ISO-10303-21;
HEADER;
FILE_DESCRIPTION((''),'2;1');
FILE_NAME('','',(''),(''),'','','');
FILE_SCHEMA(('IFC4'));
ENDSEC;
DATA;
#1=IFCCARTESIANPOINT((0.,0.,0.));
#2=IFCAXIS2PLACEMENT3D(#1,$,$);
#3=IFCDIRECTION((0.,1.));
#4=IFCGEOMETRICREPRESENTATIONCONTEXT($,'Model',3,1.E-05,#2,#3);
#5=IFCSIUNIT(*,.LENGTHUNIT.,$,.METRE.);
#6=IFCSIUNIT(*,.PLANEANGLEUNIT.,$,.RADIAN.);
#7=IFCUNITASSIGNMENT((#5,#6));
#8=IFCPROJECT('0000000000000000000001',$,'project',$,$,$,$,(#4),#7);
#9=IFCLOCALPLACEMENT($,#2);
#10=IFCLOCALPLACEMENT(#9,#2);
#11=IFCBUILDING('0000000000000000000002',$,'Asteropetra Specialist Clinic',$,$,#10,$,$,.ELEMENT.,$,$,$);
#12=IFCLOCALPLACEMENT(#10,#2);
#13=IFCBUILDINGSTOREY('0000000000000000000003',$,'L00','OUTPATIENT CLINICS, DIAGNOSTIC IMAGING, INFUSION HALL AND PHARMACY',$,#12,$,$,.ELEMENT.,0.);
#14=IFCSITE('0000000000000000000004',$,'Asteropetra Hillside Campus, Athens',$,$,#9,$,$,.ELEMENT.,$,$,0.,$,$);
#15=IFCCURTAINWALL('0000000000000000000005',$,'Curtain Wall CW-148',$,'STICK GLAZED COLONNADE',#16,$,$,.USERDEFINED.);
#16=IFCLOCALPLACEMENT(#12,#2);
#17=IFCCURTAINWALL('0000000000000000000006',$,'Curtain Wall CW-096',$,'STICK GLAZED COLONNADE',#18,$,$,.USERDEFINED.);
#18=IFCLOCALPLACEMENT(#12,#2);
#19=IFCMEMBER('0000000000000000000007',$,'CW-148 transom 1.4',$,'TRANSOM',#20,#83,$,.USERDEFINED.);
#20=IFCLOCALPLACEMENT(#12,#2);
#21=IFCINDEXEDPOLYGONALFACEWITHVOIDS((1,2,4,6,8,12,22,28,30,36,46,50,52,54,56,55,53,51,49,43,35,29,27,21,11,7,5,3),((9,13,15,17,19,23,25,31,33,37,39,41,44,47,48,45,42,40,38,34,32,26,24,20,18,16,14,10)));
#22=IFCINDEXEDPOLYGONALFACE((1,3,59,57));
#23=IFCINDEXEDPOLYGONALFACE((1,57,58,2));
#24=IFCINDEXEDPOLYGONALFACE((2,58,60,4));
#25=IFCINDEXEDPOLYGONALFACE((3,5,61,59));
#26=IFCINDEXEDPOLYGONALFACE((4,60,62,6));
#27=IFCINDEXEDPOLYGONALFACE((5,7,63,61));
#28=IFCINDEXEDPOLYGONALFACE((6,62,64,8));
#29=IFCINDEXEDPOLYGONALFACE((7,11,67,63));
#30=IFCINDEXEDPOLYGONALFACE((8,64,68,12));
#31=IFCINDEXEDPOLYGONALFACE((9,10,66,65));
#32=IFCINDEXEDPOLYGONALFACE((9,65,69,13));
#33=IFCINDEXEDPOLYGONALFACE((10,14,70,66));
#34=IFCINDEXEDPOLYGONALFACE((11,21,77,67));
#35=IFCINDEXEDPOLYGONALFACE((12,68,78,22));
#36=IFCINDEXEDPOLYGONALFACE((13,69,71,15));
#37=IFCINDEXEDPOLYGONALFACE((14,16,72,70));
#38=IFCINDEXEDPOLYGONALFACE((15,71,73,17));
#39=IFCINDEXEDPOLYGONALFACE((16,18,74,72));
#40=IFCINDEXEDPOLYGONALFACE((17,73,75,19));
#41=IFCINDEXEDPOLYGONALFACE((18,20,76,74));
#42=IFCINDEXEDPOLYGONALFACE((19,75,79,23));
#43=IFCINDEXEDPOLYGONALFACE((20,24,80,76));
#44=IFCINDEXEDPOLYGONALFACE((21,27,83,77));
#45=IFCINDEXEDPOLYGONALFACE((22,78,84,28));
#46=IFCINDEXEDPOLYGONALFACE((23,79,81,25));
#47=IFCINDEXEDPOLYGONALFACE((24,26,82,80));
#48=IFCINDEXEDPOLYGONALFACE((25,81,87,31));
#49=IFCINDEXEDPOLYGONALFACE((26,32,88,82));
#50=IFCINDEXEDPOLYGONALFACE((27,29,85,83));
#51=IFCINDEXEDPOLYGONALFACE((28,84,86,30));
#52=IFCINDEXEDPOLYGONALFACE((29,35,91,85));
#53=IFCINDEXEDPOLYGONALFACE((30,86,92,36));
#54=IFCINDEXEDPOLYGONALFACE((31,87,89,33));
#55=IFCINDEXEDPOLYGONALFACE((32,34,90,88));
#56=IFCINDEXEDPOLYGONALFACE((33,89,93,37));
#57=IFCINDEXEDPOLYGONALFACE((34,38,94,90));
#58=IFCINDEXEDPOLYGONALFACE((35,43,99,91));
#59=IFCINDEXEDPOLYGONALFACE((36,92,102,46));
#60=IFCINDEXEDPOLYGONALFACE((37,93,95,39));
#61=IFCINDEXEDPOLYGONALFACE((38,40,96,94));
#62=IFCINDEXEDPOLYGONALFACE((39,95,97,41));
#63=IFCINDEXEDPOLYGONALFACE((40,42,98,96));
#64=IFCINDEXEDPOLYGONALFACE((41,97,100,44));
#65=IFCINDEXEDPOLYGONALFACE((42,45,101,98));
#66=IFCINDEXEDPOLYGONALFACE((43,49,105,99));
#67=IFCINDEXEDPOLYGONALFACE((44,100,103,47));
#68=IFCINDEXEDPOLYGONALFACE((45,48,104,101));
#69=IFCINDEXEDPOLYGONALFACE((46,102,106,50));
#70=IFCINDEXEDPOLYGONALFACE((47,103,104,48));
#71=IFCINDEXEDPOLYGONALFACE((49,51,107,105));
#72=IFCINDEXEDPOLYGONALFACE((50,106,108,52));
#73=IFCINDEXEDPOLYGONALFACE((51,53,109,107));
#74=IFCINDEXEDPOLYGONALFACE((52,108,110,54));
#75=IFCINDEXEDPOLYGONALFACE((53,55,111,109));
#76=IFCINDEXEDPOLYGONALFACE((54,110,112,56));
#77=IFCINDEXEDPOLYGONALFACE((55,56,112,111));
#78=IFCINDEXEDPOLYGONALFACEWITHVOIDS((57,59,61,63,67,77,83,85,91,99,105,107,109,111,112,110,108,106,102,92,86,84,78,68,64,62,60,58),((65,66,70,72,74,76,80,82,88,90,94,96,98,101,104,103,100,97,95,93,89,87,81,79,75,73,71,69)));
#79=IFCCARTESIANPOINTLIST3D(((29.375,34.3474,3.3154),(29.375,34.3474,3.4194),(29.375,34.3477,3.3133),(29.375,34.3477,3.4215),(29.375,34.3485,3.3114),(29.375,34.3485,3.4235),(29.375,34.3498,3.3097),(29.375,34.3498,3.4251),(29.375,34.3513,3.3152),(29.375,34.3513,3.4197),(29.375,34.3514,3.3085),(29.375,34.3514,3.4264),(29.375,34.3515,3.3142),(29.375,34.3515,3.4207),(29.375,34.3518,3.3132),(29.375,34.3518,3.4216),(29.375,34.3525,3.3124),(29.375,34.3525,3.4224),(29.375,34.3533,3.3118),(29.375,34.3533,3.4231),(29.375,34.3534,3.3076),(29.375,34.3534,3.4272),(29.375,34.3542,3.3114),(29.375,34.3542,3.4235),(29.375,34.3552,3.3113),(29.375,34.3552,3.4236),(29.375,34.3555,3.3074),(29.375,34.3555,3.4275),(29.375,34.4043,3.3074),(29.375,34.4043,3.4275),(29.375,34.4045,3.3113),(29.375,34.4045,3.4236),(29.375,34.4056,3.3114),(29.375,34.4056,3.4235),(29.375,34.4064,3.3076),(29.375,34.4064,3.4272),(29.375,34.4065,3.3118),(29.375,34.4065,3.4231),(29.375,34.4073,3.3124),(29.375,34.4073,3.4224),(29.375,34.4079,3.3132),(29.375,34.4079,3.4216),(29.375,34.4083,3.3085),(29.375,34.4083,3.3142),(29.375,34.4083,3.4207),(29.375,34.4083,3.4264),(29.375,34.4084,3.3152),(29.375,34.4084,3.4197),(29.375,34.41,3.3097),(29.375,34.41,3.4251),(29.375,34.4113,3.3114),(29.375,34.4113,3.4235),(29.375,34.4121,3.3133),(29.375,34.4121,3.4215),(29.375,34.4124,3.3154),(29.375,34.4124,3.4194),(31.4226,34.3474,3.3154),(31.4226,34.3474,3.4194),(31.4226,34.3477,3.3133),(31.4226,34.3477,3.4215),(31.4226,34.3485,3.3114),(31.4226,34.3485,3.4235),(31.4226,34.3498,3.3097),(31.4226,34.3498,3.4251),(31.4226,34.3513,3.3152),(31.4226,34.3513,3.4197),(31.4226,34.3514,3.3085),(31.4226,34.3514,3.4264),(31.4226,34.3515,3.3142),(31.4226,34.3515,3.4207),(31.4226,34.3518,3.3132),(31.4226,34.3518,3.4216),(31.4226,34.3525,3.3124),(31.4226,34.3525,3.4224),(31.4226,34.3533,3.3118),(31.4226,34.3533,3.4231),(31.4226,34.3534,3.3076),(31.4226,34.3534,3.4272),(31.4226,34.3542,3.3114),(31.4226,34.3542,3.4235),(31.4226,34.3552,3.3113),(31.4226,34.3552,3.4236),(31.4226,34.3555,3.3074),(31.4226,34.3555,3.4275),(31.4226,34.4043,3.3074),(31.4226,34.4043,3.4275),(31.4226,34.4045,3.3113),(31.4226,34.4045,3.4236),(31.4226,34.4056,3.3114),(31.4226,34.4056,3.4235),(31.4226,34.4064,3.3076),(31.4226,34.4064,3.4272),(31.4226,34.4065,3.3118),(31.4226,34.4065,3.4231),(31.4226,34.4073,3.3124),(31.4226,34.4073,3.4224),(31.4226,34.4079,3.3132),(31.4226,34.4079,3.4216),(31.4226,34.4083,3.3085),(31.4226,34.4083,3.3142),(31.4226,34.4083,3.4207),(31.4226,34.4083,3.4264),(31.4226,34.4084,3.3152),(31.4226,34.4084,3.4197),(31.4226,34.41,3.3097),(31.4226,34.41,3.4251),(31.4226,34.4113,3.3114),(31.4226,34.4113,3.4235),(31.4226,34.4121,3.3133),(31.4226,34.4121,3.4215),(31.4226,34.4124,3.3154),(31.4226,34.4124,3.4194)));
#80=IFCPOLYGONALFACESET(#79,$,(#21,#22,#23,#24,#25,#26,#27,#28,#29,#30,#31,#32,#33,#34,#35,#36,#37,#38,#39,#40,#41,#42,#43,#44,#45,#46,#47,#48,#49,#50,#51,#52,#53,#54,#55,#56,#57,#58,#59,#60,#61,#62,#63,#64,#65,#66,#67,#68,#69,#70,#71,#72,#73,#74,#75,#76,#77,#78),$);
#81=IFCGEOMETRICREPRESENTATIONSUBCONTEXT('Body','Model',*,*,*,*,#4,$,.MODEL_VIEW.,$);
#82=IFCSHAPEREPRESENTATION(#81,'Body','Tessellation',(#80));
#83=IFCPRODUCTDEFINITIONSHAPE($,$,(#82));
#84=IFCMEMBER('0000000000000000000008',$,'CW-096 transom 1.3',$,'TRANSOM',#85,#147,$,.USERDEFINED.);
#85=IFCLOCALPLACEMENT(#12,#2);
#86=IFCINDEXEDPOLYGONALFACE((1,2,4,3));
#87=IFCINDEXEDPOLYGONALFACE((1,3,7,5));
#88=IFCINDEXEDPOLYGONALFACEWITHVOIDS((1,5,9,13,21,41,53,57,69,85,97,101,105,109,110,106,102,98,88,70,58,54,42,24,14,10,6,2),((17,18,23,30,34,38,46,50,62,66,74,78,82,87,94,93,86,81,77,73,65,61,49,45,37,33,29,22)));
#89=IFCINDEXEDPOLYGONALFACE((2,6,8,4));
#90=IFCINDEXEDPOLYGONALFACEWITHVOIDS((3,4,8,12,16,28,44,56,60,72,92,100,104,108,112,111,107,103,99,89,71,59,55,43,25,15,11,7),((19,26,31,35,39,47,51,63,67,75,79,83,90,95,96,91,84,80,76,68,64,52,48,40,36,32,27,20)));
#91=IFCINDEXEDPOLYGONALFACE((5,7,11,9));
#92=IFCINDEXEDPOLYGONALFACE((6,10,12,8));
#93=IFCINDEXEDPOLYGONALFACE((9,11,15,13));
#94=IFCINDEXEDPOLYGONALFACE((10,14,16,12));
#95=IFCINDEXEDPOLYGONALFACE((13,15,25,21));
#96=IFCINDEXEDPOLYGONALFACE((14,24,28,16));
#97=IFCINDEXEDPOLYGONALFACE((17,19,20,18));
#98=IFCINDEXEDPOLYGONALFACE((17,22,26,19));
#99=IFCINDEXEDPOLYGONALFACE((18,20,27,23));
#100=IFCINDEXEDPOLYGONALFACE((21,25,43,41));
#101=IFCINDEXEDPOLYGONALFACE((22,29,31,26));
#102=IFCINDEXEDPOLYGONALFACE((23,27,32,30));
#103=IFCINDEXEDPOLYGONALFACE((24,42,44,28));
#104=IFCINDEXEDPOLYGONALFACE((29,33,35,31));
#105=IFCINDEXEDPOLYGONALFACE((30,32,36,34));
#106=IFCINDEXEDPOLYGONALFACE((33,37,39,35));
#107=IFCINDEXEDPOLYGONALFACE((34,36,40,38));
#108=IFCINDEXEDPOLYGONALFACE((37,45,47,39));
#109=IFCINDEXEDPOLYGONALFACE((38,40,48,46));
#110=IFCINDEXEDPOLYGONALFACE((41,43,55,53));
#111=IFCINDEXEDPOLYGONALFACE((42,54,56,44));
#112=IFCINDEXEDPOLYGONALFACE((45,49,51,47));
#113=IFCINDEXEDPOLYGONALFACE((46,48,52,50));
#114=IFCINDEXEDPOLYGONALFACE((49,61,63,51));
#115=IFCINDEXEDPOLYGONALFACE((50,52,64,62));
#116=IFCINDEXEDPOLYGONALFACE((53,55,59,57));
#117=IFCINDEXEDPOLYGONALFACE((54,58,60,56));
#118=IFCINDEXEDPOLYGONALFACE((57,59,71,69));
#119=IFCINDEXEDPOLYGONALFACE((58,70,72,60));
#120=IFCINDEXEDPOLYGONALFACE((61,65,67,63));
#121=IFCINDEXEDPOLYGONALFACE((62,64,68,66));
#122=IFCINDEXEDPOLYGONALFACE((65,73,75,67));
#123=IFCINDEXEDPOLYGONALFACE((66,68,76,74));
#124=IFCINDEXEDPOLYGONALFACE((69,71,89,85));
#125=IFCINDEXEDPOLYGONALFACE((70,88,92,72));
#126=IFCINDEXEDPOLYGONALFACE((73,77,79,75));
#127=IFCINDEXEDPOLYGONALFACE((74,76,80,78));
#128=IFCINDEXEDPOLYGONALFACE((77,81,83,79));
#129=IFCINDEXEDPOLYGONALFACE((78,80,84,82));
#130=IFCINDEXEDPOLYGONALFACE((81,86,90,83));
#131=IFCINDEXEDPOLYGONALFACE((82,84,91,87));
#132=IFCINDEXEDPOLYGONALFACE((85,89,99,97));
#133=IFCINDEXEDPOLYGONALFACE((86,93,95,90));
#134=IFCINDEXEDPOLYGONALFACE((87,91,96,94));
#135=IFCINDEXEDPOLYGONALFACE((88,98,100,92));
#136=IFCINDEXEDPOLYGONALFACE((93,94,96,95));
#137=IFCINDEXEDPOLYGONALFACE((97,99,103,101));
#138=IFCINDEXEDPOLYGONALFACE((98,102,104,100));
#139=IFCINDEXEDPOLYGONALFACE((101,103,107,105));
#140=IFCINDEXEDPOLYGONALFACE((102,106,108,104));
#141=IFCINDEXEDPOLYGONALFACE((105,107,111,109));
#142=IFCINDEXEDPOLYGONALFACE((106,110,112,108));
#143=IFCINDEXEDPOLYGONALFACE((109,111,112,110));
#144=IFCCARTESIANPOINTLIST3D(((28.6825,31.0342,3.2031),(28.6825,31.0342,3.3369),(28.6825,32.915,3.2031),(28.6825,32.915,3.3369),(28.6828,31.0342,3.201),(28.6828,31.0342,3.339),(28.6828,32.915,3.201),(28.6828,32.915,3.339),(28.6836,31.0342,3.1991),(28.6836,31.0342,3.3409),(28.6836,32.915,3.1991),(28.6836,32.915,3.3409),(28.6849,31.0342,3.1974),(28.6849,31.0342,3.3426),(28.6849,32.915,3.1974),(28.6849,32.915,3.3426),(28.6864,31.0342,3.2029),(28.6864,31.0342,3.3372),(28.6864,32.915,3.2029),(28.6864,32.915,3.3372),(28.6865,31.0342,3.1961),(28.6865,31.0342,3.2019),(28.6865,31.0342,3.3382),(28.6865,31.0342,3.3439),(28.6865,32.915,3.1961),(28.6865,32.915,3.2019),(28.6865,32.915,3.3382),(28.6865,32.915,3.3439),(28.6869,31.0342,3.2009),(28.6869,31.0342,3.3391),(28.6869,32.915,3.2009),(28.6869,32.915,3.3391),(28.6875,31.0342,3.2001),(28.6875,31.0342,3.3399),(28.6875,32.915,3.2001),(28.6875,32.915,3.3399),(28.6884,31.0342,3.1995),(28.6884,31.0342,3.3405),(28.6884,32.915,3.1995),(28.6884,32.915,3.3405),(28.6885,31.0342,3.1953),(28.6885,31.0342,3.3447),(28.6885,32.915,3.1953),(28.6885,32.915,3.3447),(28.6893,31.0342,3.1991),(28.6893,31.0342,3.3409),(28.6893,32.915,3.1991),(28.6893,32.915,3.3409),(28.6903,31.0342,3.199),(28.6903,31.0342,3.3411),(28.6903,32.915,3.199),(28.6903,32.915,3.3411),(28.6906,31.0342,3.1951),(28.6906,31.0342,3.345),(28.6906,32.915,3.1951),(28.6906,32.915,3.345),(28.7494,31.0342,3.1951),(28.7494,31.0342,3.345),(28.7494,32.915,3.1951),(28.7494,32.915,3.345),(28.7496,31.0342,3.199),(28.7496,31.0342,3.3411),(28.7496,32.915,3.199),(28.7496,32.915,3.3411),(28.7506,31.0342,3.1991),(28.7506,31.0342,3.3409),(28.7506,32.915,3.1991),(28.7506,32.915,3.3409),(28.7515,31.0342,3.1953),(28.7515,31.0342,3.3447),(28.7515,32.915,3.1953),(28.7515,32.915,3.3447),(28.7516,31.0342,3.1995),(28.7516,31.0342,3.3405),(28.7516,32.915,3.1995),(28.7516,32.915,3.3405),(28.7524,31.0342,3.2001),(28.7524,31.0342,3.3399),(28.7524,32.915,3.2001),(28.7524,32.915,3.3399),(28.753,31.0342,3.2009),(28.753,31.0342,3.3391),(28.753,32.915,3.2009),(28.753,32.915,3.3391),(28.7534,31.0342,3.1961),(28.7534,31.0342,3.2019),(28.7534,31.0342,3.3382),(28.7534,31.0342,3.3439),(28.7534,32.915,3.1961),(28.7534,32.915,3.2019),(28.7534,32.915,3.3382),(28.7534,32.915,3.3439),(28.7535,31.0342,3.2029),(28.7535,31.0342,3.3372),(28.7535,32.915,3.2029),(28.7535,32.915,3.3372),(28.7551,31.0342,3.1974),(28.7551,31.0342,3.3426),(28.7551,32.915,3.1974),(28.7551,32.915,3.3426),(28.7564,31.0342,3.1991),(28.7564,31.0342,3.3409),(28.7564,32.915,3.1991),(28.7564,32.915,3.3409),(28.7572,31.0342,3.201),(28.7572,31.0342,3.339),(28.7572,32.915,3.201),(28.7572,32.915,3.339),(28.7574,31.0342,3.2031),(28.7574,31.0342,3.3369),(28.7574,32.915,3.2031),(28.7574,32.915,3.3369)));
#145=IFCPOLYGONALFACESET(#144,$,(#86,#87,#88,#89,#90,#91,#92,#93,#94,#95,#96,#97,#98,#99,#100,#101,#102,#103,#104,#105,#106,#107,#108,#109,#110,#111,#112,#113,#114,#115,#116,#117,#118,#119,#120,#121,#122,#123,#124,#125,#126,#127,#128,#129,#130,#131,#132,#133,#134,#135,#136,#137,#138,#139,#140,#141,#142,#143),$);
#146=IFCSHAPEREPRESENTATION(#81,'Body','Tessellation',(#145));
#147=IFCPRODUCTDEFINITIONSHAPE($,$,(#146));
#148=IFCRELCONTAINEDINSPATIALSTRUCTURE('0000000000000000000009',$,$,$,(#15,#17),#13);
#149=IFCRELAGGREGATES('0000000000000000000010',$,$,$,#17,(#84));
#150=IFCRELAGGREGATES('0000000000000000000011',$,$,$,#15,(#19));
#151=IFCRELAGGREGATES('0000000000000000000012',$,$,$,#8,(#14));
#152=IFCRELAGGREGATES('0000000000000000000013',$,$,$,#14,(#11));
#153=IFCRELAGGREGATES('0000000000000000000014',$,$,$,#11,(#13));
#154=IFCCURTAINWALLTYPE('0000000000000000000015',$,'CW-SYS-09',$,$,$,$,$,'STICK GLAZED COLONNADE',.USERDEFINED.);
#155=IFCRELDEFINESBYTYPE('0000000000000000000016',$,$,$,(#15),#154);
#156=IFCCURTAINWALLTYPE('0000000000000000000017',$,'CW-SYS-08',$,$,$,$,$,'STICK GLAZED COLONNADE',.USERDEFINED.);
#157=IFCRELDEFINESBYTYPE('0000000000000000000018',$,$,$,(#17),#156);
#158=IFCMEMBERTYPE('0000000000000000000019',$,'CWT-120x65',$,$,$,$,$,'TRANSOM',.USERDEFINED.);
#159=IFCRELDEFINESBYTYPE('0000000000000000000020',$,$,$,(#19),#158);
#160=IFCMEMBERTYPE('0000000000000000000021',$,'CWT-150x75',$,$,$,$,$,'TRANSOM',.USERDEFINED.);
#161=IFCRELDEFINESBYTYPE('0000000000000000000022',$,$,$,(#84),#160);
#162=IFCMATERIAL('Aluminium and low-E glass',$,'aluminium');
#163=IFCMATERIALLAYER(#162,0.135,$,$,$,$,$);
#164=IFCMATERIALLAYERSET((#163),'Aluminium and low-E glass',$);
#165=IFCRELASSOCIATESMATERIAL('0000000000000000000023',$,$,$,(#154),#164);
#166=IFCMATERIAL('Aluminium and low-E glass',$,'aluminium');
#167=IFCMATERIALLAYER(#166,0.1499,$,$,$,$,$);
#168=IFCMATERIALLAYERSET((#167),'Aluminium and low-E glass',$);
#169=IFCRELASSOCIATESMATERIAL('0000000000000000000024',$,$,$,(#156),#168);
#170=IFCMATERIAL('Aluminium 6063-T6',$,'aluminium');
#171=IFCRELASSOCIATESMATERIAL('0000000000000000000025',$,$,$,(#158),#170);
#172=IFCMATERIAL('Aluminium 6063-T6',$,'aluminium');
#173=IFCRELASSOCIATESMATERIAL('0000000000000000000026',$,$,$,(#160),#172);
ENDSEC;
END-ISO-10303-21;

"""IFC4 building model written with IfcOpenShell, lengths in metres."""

from ifc_helpers import new_model, si_unit, direction, frame, origin, origin_2d, place, context, subcontext, project, spatial, hollow_rectangle, extrude, material, layer, layer_set, material_profile, profile_set, type_object, element, aggregate, save


model = new_model("IFC4")

# Units and contexts
model_context = context("Model", 3, precision=1e-05, world=origin(), true_north=direction((0.0, 1.0)))
body_context = subcontext(model_context, "Body", "Model", "MODEL_VIEW")
ifc_project = project(units=[si_unit("LENGTHUNIT", "METRE"), si_unit("PLANEANGLEUNIT", "RADIAN")], contexts=[model_context])

# Site, building, storey
site_placement = place(None, origin())
site = spatial("IfcSite", under=ifc_project, at=site_placement, Name="Asteropetra Hillside Campus, Athens", CompositionType="ELEMENT", RefElevation=0.0)
building_placement = place(site_placement, origin())
building = spatial("IfcBuilding", under=site, at=building_placement, Name="Asteropetra Specialist Clinic", CompositionType="ELEMENT")
storey_placement = place(building_placement, origin())
storey = spatial("IfcBuildingStorey", under=building, at=storey_placement, Name="L00", Description="OUTPATIENT CLINICS, DIAGNOSTIC IMAGING, INFUSION HALL AND PHARMACY", CompositionType="ELEMENT", Elevation=0.0)

# Curtain walls
ifc_material_1 = material(Name="Aluminium and low-E glass", Category="aluminium")
ifc_layer_1 = layer(ifc_material_1, 0.135)
ifc_layer_set_1 = layer_set([ifc_layer_1], Name="Aluminium and low-E glass")
curtain_wall_type_1 = type_object("IfcCurtainWallType", Name="CW-SYS-09", ElementType="STICK GLAZED COLONNADE", PredefinedType="USERDEFINED", material=ifc_layer_set_1)
curtain_wall_1_placement = place(storey_placement, origin())
curtain_wall_1 = element("IfcCurtainWall", 1, at=curtain_wall_1_placement, inside=storey, type_object=curtain_wall_type_1, Name="Curtain Wall CW-148", ObjectType="STICK GLAZED COLONNADE", PredefinedType="USERDEFINED")
ifc_material_2 = material(Name="Aluminium and low-E glass", Category="aluminium")
ifc_layer_2 = layer(ifc_material_2, 0.1499)
ifc_layer_set_2 = layer_set([ifc_layer_2], Name="Aluminium and low-E glass")
curtain_wall_type_2 = type_object("IfcCurtainWallType", Name="CW-SYS-08", ElementType="STICK GLAZED COLONNADE", PredefinedType="USERDEFINED", material=ifc_layer_set_2)
curtain_wall_2_placement = place(storey_placement, origin())
curtain_wall_2 = element("IfcCurtainWall", 2, at=curtain_wall_2_placement, inside=storey, type_object=curtain_wall_type_2, Name="Curtain Wall CW-096", ObjectType="STICK GLAZED COLONNADE", PredefinedType="USERDEFINED")

# Members
ifc_material_3 = material(Name="Aluminium 6063-T6", Category="aluminium")
ifc_material_profile_1 = material_profile(ifc_material_3, hollow_rectangle(XDim=0.0649, YDim=0.1201, WallThickness=0.0039, InnerFilletRadius=0.0039, OuterFilletRadius=0.0081, at=origin_2d()), Name="TRN 120x65x4.0")
ifc_profile_set_1 = profile_set([ifc_material_profile_1], Name="Aluminium 6063-T6")
member_type_1 = type_object("IfcMemberType", Name="CWT-120x65", ElementType="TRANSOM", PredefinedType="USERDEFINED", material=ifc_profile_set_1)
member_1_placement = place(storey_placement, frame((29.375, 34.3799, 3.3674), z_axis=(1.0, 0.0, 0.0), x_axis=(0.0, 1.0, 0.0)))
member_1 = element("IfcMember", 3, at=member_1_placement, type_object=member_type_1, Name="CW-148 transom 1.4", ObjectType="TRANSOM", PredefinedType="USERDEFINED", context=body_context, shape_type="SweptSolid", body=[
    extrude(hollow_rectangle(XDim=0.0649, YDim=0.1201, WallThickness=0.0039, InnerFilletRadius=0.0039, OuterFilletRadius=0.0081, at=origin_2d()), origin(), (0.0, 0.0, 1.0), 2.0476),
])
ifc_material_4 = material(Name="Aluminium 6063-T6", Category="aluminium")
ifc_material_profile_2 = material_profile(ifc_material_4, hollow_rectangle(XDim=0.075, YDim=0.1499, WallThickness=0.0039, InnerFilletRadius=0.0039, OuterFilletRadius=0.0081, at=origin_2d()), Name="TRN 150x75x4.0")
ifc_profile_set_2 = profile_set([ifc_material_profile_2], Name="Aluminium 6063-T6")
member_type_2 = type_object("IfcMemberType", Name="CWT-150x75", ElementType="TRANSOM", PredefinedType="USERDEFINED", material=ifc_profile_set_2)
member_2_placement = place(storey_placement, frame((28.72, 32.915, 3.27), z_axis=(0.0, -1.0, 0.0), x_axis=(1.0, 0.0, 0.0)))
member_2 = element("IfcMember", 4, at=member_2_placement, type_object=member_type_2, Name="CW-096 transom 1.3", ObjectType="TRANSOM", PredefinedType="USERDEFINED", context=body_context, shape_type="SweptSolid", body=[
    extrude(hollow_rectangle(XDim=0.075, YDim=0.1499, WallThickness=0.0039, InnerFilletRadius=0.0039, OuterFilletRadius=0.0081, at=origin_2d()), origin(), (0.0, 0.0, 1.0), 1.8809),
])
aggregate(curtain_wall_2, [member_2])

aggregate(curtain_wall_1, [member_1])

save(model, "model.ifc")
